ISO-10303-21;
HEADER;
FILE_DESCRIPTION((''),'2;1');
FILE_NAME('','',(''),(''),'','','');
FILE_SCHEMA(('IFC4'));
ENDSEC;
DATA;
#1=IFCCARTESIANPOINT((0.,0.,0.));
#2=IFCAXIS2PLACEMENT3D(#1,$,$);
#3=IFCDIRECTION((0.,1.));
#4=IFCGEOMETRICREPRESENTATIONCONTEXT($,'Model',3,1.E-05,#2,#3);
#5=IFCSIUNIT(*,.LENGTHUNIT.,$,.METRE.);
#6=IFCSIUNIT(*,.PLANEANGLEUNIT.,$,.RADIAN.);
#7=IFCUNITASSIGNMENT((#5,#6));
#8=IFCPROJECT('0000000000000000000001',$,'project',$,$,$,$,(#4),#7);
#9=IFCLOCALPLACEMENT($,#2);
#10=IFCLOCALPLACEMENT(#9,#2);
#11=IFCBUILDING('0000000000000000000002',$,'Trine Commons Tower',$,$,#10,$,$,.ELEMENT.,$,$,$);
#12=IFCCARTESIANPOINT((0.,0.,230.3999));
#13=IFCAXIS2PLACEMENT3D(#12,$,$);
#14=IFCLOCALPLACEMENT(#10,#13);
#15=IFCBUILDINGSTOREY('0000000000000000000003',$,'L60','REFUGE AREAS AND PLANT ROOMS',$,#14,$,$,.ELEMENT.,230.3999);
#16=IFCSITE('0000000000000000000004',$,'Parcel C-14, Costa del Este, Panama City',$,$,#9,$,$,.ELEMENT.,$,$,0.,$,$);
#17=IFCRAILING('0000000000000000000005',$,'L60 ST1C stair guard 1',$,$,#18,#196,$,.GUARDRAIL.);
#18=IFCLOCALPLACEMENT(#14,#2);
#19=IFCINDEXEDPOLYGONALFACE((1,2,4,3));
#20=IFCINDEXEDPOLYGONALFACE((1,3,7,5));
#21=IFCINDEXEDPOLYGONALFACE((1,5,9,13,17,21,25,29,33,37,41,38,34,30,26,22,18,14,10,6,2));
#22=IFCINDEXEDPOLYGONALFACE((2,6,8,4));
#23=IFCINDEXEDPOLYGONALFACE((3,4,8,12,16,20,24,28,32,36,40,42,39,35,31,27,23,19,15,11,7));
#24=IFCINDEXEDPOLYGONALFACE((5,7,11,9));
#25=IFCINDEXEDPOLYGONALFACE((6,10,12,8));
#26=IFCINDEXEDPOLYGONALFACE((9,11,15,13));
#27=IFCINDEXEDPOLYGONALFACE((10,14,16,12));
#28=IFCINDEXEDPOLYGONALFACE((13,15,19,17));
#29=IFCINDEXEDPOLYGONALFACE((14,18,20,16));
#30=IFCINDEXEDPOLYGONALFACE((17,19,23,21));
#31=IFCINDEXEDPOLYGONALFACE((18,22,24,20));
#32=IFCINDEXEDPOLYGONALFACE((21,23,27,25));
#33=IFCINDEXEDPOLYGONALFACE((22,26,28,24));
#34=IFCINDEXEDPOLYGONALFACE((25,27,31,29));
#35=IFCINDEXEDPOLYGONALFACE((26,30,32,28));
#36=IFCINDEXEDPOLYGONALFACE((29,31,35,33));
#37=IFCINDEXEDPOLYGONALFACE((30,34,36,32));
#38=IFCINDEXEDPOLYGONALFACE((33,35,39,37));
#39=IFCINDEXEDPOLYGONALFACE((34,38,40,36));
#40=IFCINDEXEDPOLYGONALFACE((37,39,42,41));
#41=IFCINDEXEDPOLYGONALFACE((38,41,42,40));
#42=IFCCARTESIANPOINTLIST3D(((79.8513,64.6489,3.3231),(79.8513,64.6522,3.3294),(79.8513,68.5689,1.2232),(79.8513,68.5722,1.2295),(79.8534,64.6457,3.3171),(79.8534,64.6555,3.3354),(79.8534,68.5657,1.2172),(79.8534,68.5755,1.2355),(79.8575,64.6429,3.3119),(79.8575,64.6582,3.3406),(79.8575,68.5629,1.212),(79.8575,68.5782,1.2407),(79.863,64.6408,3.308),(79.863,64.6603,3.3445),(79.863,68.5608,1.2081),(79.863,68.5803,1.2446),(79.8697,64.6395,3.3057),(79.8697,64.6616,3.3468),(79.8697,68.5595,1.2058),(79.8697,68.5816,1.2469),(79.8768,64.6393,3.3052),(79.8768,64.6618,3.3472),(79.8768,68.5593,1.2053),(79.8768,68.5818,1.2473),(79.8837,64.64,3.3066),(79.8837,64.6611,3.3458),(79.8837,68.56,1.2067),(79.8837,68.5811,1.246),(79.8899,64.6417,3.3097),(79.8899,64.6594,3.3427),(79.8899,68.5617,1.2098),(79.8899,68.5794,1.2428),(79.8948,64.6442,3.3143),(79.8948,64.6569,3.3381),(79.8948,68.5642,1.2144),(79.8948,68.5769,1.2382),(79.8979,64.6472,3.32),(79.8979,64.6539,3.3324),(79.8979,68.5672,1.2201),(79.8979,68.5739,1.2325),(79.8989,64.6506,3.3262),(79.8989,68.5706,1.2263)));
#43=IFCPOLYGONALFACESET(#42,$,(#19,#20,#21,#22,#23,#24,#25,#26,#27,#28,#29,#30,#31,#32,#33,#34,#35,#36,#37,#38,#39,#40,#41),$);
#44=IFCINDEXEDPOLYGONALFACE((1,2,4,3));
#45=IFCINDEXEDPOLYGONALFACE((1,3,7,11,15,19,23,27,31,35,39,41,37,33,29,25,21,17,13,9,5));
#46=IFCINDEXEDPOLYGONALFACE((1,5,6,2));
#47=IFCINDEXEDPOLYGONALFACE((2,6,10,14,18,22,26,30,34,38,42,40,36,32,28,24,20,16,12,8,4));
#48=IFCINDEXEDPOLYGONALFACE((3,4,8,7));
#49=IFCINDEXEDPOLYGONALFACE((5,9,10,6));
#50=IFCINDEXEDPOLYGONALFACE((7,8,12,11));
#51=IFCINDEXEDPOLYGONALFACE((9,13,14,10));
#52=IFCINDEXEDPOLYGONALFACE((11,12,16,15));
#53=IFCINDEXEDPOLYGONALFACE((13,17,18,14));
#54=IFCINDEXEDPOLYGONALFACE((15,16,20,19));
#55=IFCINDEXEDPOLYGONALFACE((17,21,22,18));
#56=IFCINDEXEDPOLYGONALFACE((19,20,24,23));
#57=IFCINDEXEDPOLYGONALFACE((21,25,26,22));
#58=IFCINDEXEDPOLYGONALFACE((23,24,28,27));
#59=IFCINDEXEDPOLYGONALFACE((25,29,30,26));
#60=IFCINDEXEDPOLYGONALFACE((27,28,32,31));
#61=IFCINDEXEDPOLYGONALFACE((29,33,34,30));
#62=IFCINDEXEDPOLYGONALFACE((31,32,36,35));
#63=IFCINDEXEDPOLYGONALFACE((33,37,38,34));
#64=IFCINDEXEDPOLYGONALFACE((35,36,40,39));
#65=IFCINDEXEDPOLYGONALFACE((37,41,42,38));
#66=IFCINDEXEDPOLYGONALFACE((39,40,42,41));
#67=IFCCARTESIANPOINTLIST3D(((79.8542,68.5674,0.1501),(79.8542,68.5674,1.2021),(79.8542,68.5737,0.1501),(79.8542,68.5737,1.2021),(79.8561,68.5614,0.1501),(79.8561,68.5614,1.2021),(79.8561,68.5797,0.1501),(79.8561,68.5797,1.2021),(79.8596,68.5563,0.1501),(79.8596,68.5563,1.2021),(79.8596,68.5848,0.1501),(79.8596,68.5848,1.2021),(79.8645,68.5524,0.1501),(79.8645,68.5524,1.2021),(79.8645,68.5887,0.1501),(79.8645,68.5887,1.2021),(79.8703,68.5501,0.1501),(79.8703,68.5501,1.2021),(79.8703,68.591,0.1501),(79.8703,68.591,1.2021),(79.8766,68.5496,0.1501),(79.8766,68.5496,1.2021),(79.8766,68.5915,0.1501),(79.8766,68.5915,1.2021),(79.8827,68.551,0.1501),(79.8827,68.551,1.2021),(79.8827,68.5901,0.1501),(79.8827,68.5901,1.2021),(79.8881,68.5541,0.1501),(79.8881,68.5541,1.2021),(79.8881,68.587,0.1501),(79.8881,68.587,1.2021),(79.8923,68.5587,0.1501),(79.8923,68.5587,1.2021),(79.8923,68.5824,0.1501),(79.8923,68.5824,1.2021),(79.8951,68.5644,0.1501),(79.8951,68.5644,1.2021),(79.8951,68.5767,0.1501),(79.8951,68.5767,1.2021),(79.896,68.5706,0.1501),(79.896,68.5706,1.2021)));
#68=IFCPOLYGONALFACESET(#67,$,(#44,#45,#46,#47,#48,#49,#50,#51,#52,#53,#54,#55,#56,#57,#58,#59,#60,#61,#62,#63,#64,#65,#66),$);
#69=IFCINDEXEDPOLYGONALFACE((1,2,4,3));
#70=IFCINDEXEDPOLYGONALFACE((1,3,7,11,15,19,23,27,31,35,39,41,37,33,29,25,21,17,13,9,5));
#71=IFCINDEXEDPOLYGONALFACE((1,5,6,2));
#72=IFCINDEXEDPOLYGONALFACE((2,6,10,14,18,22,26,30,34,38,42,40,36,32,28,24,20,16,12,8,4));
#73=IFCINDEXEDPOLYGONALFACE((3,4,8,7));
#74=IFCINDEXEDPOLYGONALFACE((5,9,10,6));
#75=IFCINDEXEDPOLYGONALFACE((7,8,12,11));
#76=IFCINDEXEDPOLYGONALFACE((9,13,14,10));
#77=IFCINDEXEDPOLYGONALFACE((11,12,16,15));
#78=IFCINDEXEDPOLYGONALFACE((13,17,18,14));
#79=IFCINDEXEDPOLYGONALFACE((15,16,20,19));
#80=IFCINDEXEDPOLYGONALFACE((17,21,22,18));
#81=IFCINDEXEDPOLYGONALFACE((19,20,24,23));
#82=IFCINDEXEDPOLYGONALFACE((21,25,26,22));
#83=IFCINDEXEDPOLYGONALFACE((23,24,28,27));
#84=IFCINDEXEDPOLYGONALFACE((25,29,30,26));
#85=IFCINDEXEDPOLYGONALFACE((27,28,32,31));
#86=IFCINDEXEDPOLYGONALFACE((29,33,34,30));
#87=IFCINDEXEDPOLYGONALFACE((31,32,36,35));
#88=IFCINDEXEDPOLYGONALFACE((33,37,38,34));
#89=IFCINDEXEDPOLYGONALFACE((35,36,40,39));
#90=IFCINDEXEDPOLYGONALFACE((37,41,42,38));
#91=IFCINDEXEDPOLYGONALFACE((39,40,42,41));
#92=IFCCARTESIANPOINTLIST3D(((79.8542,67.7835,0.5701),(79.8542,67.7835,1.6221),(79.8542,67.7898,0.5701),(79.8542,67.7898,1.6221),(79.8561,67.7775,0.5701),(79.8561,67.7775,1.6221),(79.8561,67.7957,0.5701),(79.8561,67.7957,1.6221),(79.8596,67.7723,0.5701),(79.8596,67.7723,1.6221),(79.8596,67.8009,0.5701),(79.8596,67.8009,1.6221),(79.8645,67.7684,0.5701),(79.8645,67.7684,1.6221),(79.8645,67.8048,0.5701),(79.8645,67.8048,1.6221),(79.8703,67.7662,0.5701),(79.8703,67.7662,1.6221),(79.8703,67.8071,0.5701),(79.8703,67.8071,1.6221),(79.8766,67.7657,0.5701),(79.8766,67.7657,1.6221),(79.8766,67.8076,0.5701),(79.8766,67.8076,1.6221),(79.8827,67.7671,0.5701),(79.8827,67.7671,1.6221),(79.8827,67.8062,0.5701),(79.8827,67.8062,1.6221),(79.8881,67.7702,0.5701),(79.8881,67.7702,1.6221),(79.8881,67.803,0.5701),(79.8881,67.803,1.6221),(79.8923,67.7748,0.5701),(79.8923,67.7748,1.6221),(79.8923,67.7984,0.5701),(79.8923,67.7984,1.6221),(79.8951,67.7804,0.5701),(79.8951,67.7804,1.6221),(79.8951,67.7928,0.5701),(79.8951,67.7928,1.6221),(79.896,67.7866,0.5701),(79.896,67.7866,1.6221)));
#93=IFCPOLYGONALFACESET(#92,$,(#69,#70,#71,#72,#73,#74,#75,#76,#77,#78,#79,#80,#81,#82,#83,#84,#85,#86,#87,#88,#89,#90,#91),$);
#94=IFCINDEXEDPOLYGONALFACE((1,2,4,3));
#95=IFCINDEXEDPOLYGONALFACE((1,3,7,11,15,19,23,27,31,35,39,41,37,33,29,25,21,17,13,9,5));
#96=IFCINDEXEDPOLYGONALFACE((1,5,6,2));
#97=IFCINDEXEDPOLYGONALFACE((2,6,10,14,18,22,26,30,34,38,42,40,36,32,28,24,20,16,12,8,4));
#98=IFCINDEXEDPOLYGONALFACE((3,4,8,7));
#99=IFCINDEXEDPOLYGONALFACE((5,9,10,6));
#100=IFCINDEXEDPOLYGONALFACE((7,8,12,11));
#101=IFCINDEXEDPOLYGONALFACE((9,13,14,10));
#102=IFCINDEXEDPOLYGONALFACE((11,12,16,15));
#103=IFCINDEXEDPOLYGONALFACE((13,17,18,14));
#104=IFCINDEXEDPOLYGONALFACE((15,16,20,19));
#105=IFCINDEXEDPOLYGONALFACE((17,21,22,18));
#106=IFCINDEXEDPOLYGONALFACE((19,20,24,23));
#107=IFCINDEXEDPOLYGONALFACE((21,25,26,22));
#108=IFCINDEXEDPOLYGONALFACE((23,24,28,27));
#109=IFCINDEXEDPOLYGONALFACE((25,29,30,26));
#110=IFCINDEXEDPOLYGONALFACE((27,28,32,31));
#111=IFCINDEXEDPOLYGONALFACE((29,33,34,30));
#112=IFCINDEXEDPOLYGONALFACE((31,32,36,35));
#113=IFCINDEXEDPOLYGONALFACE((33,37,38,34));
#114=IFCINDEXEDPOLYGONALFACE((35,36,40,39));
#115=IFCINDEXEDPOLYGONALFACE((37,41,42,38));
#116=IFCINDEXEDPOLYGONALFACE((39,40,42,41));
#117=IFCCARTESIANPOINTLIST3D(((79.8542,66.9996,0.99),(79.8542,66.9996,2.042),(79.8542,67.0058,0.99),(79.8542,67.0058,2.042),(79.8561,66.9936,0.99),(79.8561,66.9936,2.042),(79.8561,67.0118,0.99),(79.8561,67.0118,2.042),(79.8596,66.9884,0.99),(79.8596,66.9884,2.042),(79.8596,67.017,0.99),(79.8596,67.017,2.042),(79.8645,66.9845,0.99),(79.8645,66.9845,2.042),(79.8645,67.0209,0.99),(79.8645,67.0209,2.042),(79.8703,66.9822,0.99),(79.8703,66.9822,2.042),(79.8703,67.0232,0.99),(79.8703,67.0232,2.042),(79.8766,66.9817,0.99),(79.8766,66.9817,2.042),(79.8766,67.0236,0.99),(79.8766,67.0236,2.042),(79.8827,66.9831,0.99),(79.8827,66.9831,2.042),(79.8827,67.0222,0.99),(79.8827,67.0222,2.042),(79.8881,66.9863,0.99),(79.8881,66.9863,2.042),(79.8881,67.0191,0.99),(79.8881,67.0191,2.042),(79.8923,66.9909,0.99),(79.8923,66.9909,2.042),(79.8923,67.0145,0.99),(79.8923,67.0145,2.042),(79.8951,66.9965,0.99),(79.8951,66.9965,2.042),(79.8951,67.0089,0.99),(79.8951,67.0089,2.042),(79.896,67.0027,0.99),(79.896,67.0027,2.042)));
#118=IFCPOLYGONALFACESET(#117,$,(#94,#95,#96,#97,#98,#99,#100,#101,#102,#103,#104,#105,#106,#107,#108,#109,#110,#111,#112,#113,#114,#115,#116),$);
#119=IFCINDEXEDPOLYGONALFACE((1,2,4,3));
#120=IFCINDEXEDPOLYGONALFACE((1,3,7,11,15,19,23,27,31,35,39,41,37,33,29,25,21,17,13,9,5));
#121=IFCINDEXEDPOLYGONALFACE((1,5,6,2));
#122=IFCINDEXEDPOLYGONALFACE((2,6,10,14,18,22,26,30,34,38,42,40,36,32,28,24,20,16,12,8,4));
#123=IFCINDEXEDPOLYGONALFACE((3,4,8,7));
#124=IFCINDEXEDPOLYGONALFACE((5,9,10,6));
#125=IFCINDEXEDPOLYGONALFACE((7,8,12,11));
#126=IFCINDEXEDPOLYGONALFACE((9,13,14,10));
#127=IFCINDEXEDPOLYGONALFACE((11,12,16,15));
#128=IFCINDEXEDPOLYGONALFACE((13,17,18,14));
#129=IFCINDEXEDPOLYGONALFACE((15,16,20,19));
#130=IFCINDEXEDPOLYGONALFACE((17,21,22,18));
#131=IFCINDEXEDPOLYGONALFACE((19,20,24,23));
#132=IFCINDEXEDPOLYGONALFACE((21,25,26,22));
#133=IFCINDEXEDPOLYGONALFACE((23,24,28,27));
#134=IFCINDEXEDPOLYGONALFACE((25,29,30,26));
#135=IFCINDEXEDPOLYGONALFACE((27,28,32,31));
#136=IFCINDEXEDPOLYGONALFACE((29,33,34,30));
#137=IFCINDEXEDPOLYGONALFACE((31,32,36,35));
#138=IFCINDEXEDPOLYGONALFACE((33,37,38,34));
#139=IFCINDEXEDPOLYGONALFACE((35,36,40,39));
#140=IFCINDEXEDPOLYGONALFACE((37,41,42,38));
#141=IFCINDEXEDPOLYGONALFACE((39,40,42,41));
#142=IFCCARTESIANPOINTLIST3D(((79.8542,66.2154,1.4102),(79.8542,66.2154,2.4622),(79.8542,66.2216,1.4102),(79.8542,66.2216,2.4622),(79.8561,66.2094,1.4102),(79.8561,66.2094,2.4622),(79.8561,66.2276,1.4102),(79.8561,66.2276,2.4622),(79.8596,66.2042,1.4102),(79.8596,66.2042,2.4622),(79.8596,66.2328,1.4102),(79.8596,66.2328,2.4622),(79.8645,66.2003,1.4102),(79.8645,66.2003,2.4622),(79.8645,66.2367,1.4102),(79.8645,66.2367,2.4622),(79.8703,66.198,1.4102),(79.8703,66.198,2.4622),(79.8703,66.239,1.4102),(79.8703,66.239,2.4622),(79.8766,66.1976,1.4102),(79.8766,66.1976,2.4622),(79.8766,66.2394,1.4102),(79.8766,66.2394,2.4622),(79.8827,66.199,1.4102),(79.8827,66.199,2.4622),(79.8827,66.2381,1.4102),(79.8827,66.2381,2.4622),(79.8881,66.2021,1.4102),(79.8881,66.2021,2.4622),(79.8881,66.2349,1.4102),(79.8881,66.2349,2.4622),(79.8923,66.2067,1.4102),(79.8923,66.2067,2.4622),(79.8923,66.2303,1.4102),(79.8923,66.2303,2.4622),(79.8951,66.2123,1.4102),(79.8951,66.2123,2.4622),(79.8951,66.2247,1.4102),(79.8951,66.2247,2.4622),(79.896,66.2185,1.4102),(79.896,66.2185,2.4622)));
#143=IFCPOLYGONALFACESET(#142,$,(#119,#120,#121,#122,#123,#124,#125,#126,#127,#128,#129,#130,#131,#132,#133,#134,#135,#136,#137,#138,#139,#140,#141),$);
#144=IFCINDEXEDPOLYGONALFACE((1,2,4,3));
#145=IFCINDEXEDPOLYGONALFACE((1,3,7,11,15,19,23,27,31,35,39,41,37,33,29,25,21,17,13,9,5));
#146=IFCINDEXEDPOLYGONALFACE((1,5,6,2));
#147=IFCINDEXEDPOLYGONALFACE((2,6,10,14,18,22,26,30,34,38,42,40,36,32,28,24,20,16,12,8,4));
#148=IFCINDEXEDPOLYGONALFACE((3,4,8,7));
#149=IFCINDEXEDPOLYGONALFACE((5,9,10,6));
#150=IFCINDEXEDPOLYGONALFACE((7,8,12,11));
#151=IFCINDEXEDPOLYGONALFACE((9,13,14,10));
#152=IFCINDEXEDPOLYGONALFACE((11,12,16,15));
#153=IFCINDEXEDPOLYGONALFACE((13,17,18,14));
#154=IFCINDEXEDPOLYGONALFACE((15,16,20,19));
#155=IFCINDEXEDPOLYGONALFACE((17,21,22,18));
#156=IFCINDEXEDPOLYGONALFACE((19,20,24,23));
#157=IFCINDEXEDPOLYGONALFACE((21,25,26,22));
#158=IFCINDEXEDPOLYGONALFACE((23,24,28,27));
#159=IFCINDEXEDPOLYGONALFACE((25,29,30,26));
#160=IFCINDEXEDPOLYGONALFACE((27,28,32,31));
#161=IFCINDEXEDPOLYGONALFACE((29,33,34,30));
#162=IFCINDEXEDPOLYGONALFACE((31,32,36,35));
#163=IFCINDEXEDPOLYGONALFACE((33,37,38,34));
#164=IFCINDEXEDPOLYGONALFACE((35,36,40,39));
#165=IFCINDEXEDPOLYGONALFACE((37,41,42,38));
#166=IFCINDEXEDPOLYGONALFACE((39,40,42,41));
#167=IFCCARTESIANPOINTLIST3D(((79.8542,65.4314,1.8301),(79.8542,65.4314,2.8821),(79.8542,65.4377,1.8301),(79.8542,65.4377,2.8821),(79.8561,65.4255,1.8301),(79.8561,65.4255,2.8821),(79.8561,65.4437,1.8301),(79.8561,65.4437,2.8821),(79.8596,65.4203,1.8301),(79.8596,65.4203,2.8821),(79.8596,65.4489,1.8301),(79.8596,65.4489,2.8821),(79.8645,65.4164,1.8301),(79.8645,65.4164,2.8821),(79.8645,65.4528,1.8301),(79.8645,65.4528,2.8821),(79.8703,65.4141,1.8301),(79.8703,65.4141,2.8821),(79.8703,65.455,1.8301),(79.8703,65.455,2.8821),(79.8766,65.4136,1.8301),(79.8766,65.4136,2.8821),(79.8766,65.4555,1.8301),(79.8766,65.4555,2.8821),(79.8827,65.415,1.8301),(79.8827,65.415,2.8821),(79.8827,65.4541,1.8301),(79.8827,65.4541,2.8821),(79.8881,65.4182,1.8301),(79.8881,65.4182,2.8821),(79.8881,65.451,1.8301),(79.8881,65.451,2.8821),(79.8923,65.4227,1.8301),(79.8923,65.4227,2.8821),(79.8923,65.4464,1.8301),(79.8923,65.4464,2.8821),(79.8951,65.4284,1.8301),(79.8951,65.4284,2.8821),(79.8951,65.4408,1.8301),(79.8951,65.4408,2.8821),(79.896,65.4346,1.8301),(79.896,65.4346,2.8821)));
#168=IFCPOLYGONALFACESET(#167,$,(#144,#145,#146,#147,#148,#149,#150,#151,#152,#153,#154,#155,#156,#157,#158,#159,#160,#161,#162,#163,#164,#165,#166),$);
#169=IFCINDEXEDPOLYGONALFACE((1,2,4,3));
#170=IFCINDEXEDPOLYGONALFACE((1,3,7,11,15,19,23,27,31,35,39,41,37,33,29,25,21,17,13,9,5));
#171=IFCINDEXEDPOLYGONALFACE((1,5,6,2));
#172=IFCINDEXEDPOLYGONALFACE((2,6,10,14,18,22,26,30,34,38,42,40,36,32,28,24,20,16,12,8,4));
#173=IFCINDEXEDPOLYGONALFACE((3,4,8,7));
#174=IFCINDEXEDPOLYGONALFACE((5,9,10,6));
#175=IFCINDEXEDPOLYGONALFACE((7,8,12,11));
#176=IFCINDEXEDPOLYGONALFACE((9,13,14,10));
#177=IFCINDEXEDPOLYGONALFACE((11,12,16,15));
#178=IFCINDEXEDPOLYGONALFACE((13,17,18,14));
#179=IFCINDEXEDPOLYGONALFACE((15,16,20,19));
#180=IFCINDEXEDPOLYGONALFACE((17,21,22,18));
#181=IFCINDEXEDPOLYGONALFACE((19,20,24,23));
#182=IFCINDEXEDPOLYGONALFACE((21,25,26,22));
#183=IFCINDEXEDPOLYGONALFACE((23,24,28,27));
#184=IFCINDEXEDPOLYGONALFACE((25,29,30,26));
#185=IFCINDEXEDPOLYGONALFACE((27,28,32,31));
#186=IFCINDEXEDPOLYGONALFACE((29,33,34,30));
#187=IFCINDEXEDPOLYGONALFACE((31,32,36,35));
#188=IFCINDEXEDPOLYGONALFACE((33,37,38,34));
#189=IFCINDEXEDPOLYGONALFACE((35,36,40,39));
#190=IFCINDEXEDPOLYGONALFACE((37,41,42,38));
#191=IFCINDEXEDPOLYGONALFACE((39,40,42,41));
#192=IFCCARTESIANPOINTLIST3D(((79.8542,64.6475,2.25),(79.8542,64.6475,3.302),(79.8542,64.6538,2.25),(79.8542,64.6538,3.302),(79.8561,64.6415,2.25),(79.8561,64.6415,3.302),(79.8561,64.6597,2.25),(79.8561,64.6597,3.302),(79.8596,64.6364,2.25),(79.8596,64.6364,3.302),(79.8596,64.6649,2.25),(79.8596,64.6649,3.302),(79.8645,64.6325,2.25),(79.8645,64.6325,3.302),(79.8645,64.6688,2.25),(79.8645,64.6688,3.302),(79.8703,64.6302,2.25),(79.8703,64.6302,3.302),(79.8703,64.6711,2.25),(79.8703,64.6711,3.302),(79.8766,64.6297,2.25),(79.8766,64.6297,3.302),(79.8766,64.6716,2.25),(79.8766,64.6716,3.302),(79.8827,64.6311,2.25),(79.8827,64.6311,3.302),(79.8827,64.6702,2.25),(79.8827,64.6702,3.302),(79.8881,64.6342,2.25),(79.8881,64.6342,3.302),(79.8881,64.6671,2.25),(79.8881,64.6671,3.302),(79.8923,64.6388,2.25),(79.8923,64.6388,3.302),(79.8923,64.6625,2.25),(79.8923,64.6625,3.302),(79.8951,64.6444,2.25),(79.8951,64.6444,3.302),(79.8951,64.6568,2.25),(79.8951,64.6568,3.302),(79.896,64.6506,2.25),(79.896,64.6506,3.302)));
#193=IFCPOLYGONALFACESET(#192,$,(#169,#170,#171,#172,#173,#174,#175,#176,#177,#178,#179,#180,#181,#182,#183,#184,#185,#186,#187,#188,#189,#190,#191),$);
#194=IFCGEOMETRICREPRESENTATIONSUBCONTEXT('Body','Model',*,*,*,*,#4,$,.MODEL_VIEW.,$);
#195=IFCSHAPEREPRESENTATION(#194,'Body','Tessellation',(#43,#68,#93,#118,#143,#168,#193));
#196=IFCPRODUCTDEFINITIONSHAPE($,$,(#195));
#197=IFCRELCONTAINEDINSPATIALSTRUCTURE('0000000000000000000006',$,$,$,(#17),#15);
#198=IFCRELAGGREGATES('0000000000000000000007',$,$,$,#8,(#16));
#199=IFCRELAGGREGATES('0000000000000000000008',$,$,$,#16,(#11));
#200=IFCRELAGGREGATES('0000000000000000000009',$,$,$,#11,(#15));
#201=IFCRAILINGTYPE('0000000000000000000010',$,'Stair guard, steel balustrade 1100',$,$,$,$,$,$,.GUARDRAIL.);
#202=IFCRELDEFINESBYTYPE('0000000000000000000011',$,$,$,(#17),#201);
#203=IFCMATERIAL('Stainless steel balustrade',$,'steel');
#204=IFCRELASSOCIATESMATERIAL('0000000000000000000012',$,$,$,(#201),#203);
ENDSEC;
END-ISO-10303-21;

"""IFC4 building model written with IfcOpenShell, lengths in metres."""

from ifc_helpers import new_model, si_unit, direction, frame, origin, origin_2d, place, context, subcontext, project, spatial, circle, extrude, material, type_object, element, save


model = new_model("IFC4")

# Units and contexts
model_context = context("Model", 3, precision=1e-05, world=origin(), true_north=direction((0.0, 1.0)))
body_context = subcontext(model_context, "Body", "Model", "MODEL_VIEW")
ifc_project = project(units=[si_unit("LENGTHUNIT", "METRE"), si_unit("PLANEANGLEUNIT", "RADIAN")], contexts=[model_context])

# Site, building, storey
site_placement = place(None, origin())
site = spatial("IfcSite", under=ifc_project, at=site_placement, Name="Parcel C-14, Costa del Este, Panama City", CompositionType="ELEMENT", RefElevation=0.0)
building_placement = place(site_placement, origin())
building = spatial("IfcBuilding", under=site, at=building_placement, Name="Trine Commons Tower", CompositionType="ELEMENT")
storey_placement = place(building_placement, frame((0.0, 0.0, 230.3999)))
storey = spatial("IfcBuildingStorey", under=building, at=storey_placement, Name="L60", Description="REFUGE AREAS AND PLANT ROOMS", CompositionType="ELEMENT", Elevation=230.3999)

# Railing
ifc_material_1 = material(Name="Stainless steel balustrade", Category="steel")
railing_type_1 = type_object("IfcRailingType", Name="Stair guard, steel balustrade 1100", PredefinedType="GUARDRAIL", material=ifc_material_1)
railing_1_placement = place(storey_placement, frame((79.875, 68.5706, 0.1501)))
element("IfcRailing", 1, at=railing_1_placement, inside=storey, type_object=railing_type_1, Name="L60 ST1C stair guard 1", PredefinedType="GUARDRAIL", context=body_context, shape_type="SweptSolid", body=[
    extrude(circle(Radius=0.0239, at=origin_2d()), frame((0.0, 0.0, 1.0762), z_axis=(0.0, -0.88149, 0.472203), x_axis=(1.0, 0.0, 0.0)), (0.0, 0.0, 1.0), 4.447),
    extrude(circle(Radius=0.021, at=origin_2d()), origin(), (0.0, 0.0, 1.0), 1.052),
    extrude(circle(Radius=0.021, at=origin_2d()), frame((0.0, -0.7839, 0.4199)), (0.0, 0.0, 1.0), 1.052),
    extrude(circle(Radius=0.021, at=origin_2d()), frame((0.0, -1.5679, 0.8398)), (0.0, 0.0, 1.0), 1.052),
    extrude(circle(Radius=0.021, at=origin_2d()), frame((0.0, -2.3521, 1.26)), (0.0, 0.0, 1.0), 1.052),
    extrude(circle(Radius=0.021, at=origin_2d()), frame((0.0, -3.136, 1.6799)), (0.0, 0.0, 1.0), 1.052),
    extrude(circle(Radius=0.021, at=origin_2d()), frame((0.0, -3.9199, 2.0999)), (0.0, 0.0, 1.0), 1.052),
])

save(model, "model.ifc")
